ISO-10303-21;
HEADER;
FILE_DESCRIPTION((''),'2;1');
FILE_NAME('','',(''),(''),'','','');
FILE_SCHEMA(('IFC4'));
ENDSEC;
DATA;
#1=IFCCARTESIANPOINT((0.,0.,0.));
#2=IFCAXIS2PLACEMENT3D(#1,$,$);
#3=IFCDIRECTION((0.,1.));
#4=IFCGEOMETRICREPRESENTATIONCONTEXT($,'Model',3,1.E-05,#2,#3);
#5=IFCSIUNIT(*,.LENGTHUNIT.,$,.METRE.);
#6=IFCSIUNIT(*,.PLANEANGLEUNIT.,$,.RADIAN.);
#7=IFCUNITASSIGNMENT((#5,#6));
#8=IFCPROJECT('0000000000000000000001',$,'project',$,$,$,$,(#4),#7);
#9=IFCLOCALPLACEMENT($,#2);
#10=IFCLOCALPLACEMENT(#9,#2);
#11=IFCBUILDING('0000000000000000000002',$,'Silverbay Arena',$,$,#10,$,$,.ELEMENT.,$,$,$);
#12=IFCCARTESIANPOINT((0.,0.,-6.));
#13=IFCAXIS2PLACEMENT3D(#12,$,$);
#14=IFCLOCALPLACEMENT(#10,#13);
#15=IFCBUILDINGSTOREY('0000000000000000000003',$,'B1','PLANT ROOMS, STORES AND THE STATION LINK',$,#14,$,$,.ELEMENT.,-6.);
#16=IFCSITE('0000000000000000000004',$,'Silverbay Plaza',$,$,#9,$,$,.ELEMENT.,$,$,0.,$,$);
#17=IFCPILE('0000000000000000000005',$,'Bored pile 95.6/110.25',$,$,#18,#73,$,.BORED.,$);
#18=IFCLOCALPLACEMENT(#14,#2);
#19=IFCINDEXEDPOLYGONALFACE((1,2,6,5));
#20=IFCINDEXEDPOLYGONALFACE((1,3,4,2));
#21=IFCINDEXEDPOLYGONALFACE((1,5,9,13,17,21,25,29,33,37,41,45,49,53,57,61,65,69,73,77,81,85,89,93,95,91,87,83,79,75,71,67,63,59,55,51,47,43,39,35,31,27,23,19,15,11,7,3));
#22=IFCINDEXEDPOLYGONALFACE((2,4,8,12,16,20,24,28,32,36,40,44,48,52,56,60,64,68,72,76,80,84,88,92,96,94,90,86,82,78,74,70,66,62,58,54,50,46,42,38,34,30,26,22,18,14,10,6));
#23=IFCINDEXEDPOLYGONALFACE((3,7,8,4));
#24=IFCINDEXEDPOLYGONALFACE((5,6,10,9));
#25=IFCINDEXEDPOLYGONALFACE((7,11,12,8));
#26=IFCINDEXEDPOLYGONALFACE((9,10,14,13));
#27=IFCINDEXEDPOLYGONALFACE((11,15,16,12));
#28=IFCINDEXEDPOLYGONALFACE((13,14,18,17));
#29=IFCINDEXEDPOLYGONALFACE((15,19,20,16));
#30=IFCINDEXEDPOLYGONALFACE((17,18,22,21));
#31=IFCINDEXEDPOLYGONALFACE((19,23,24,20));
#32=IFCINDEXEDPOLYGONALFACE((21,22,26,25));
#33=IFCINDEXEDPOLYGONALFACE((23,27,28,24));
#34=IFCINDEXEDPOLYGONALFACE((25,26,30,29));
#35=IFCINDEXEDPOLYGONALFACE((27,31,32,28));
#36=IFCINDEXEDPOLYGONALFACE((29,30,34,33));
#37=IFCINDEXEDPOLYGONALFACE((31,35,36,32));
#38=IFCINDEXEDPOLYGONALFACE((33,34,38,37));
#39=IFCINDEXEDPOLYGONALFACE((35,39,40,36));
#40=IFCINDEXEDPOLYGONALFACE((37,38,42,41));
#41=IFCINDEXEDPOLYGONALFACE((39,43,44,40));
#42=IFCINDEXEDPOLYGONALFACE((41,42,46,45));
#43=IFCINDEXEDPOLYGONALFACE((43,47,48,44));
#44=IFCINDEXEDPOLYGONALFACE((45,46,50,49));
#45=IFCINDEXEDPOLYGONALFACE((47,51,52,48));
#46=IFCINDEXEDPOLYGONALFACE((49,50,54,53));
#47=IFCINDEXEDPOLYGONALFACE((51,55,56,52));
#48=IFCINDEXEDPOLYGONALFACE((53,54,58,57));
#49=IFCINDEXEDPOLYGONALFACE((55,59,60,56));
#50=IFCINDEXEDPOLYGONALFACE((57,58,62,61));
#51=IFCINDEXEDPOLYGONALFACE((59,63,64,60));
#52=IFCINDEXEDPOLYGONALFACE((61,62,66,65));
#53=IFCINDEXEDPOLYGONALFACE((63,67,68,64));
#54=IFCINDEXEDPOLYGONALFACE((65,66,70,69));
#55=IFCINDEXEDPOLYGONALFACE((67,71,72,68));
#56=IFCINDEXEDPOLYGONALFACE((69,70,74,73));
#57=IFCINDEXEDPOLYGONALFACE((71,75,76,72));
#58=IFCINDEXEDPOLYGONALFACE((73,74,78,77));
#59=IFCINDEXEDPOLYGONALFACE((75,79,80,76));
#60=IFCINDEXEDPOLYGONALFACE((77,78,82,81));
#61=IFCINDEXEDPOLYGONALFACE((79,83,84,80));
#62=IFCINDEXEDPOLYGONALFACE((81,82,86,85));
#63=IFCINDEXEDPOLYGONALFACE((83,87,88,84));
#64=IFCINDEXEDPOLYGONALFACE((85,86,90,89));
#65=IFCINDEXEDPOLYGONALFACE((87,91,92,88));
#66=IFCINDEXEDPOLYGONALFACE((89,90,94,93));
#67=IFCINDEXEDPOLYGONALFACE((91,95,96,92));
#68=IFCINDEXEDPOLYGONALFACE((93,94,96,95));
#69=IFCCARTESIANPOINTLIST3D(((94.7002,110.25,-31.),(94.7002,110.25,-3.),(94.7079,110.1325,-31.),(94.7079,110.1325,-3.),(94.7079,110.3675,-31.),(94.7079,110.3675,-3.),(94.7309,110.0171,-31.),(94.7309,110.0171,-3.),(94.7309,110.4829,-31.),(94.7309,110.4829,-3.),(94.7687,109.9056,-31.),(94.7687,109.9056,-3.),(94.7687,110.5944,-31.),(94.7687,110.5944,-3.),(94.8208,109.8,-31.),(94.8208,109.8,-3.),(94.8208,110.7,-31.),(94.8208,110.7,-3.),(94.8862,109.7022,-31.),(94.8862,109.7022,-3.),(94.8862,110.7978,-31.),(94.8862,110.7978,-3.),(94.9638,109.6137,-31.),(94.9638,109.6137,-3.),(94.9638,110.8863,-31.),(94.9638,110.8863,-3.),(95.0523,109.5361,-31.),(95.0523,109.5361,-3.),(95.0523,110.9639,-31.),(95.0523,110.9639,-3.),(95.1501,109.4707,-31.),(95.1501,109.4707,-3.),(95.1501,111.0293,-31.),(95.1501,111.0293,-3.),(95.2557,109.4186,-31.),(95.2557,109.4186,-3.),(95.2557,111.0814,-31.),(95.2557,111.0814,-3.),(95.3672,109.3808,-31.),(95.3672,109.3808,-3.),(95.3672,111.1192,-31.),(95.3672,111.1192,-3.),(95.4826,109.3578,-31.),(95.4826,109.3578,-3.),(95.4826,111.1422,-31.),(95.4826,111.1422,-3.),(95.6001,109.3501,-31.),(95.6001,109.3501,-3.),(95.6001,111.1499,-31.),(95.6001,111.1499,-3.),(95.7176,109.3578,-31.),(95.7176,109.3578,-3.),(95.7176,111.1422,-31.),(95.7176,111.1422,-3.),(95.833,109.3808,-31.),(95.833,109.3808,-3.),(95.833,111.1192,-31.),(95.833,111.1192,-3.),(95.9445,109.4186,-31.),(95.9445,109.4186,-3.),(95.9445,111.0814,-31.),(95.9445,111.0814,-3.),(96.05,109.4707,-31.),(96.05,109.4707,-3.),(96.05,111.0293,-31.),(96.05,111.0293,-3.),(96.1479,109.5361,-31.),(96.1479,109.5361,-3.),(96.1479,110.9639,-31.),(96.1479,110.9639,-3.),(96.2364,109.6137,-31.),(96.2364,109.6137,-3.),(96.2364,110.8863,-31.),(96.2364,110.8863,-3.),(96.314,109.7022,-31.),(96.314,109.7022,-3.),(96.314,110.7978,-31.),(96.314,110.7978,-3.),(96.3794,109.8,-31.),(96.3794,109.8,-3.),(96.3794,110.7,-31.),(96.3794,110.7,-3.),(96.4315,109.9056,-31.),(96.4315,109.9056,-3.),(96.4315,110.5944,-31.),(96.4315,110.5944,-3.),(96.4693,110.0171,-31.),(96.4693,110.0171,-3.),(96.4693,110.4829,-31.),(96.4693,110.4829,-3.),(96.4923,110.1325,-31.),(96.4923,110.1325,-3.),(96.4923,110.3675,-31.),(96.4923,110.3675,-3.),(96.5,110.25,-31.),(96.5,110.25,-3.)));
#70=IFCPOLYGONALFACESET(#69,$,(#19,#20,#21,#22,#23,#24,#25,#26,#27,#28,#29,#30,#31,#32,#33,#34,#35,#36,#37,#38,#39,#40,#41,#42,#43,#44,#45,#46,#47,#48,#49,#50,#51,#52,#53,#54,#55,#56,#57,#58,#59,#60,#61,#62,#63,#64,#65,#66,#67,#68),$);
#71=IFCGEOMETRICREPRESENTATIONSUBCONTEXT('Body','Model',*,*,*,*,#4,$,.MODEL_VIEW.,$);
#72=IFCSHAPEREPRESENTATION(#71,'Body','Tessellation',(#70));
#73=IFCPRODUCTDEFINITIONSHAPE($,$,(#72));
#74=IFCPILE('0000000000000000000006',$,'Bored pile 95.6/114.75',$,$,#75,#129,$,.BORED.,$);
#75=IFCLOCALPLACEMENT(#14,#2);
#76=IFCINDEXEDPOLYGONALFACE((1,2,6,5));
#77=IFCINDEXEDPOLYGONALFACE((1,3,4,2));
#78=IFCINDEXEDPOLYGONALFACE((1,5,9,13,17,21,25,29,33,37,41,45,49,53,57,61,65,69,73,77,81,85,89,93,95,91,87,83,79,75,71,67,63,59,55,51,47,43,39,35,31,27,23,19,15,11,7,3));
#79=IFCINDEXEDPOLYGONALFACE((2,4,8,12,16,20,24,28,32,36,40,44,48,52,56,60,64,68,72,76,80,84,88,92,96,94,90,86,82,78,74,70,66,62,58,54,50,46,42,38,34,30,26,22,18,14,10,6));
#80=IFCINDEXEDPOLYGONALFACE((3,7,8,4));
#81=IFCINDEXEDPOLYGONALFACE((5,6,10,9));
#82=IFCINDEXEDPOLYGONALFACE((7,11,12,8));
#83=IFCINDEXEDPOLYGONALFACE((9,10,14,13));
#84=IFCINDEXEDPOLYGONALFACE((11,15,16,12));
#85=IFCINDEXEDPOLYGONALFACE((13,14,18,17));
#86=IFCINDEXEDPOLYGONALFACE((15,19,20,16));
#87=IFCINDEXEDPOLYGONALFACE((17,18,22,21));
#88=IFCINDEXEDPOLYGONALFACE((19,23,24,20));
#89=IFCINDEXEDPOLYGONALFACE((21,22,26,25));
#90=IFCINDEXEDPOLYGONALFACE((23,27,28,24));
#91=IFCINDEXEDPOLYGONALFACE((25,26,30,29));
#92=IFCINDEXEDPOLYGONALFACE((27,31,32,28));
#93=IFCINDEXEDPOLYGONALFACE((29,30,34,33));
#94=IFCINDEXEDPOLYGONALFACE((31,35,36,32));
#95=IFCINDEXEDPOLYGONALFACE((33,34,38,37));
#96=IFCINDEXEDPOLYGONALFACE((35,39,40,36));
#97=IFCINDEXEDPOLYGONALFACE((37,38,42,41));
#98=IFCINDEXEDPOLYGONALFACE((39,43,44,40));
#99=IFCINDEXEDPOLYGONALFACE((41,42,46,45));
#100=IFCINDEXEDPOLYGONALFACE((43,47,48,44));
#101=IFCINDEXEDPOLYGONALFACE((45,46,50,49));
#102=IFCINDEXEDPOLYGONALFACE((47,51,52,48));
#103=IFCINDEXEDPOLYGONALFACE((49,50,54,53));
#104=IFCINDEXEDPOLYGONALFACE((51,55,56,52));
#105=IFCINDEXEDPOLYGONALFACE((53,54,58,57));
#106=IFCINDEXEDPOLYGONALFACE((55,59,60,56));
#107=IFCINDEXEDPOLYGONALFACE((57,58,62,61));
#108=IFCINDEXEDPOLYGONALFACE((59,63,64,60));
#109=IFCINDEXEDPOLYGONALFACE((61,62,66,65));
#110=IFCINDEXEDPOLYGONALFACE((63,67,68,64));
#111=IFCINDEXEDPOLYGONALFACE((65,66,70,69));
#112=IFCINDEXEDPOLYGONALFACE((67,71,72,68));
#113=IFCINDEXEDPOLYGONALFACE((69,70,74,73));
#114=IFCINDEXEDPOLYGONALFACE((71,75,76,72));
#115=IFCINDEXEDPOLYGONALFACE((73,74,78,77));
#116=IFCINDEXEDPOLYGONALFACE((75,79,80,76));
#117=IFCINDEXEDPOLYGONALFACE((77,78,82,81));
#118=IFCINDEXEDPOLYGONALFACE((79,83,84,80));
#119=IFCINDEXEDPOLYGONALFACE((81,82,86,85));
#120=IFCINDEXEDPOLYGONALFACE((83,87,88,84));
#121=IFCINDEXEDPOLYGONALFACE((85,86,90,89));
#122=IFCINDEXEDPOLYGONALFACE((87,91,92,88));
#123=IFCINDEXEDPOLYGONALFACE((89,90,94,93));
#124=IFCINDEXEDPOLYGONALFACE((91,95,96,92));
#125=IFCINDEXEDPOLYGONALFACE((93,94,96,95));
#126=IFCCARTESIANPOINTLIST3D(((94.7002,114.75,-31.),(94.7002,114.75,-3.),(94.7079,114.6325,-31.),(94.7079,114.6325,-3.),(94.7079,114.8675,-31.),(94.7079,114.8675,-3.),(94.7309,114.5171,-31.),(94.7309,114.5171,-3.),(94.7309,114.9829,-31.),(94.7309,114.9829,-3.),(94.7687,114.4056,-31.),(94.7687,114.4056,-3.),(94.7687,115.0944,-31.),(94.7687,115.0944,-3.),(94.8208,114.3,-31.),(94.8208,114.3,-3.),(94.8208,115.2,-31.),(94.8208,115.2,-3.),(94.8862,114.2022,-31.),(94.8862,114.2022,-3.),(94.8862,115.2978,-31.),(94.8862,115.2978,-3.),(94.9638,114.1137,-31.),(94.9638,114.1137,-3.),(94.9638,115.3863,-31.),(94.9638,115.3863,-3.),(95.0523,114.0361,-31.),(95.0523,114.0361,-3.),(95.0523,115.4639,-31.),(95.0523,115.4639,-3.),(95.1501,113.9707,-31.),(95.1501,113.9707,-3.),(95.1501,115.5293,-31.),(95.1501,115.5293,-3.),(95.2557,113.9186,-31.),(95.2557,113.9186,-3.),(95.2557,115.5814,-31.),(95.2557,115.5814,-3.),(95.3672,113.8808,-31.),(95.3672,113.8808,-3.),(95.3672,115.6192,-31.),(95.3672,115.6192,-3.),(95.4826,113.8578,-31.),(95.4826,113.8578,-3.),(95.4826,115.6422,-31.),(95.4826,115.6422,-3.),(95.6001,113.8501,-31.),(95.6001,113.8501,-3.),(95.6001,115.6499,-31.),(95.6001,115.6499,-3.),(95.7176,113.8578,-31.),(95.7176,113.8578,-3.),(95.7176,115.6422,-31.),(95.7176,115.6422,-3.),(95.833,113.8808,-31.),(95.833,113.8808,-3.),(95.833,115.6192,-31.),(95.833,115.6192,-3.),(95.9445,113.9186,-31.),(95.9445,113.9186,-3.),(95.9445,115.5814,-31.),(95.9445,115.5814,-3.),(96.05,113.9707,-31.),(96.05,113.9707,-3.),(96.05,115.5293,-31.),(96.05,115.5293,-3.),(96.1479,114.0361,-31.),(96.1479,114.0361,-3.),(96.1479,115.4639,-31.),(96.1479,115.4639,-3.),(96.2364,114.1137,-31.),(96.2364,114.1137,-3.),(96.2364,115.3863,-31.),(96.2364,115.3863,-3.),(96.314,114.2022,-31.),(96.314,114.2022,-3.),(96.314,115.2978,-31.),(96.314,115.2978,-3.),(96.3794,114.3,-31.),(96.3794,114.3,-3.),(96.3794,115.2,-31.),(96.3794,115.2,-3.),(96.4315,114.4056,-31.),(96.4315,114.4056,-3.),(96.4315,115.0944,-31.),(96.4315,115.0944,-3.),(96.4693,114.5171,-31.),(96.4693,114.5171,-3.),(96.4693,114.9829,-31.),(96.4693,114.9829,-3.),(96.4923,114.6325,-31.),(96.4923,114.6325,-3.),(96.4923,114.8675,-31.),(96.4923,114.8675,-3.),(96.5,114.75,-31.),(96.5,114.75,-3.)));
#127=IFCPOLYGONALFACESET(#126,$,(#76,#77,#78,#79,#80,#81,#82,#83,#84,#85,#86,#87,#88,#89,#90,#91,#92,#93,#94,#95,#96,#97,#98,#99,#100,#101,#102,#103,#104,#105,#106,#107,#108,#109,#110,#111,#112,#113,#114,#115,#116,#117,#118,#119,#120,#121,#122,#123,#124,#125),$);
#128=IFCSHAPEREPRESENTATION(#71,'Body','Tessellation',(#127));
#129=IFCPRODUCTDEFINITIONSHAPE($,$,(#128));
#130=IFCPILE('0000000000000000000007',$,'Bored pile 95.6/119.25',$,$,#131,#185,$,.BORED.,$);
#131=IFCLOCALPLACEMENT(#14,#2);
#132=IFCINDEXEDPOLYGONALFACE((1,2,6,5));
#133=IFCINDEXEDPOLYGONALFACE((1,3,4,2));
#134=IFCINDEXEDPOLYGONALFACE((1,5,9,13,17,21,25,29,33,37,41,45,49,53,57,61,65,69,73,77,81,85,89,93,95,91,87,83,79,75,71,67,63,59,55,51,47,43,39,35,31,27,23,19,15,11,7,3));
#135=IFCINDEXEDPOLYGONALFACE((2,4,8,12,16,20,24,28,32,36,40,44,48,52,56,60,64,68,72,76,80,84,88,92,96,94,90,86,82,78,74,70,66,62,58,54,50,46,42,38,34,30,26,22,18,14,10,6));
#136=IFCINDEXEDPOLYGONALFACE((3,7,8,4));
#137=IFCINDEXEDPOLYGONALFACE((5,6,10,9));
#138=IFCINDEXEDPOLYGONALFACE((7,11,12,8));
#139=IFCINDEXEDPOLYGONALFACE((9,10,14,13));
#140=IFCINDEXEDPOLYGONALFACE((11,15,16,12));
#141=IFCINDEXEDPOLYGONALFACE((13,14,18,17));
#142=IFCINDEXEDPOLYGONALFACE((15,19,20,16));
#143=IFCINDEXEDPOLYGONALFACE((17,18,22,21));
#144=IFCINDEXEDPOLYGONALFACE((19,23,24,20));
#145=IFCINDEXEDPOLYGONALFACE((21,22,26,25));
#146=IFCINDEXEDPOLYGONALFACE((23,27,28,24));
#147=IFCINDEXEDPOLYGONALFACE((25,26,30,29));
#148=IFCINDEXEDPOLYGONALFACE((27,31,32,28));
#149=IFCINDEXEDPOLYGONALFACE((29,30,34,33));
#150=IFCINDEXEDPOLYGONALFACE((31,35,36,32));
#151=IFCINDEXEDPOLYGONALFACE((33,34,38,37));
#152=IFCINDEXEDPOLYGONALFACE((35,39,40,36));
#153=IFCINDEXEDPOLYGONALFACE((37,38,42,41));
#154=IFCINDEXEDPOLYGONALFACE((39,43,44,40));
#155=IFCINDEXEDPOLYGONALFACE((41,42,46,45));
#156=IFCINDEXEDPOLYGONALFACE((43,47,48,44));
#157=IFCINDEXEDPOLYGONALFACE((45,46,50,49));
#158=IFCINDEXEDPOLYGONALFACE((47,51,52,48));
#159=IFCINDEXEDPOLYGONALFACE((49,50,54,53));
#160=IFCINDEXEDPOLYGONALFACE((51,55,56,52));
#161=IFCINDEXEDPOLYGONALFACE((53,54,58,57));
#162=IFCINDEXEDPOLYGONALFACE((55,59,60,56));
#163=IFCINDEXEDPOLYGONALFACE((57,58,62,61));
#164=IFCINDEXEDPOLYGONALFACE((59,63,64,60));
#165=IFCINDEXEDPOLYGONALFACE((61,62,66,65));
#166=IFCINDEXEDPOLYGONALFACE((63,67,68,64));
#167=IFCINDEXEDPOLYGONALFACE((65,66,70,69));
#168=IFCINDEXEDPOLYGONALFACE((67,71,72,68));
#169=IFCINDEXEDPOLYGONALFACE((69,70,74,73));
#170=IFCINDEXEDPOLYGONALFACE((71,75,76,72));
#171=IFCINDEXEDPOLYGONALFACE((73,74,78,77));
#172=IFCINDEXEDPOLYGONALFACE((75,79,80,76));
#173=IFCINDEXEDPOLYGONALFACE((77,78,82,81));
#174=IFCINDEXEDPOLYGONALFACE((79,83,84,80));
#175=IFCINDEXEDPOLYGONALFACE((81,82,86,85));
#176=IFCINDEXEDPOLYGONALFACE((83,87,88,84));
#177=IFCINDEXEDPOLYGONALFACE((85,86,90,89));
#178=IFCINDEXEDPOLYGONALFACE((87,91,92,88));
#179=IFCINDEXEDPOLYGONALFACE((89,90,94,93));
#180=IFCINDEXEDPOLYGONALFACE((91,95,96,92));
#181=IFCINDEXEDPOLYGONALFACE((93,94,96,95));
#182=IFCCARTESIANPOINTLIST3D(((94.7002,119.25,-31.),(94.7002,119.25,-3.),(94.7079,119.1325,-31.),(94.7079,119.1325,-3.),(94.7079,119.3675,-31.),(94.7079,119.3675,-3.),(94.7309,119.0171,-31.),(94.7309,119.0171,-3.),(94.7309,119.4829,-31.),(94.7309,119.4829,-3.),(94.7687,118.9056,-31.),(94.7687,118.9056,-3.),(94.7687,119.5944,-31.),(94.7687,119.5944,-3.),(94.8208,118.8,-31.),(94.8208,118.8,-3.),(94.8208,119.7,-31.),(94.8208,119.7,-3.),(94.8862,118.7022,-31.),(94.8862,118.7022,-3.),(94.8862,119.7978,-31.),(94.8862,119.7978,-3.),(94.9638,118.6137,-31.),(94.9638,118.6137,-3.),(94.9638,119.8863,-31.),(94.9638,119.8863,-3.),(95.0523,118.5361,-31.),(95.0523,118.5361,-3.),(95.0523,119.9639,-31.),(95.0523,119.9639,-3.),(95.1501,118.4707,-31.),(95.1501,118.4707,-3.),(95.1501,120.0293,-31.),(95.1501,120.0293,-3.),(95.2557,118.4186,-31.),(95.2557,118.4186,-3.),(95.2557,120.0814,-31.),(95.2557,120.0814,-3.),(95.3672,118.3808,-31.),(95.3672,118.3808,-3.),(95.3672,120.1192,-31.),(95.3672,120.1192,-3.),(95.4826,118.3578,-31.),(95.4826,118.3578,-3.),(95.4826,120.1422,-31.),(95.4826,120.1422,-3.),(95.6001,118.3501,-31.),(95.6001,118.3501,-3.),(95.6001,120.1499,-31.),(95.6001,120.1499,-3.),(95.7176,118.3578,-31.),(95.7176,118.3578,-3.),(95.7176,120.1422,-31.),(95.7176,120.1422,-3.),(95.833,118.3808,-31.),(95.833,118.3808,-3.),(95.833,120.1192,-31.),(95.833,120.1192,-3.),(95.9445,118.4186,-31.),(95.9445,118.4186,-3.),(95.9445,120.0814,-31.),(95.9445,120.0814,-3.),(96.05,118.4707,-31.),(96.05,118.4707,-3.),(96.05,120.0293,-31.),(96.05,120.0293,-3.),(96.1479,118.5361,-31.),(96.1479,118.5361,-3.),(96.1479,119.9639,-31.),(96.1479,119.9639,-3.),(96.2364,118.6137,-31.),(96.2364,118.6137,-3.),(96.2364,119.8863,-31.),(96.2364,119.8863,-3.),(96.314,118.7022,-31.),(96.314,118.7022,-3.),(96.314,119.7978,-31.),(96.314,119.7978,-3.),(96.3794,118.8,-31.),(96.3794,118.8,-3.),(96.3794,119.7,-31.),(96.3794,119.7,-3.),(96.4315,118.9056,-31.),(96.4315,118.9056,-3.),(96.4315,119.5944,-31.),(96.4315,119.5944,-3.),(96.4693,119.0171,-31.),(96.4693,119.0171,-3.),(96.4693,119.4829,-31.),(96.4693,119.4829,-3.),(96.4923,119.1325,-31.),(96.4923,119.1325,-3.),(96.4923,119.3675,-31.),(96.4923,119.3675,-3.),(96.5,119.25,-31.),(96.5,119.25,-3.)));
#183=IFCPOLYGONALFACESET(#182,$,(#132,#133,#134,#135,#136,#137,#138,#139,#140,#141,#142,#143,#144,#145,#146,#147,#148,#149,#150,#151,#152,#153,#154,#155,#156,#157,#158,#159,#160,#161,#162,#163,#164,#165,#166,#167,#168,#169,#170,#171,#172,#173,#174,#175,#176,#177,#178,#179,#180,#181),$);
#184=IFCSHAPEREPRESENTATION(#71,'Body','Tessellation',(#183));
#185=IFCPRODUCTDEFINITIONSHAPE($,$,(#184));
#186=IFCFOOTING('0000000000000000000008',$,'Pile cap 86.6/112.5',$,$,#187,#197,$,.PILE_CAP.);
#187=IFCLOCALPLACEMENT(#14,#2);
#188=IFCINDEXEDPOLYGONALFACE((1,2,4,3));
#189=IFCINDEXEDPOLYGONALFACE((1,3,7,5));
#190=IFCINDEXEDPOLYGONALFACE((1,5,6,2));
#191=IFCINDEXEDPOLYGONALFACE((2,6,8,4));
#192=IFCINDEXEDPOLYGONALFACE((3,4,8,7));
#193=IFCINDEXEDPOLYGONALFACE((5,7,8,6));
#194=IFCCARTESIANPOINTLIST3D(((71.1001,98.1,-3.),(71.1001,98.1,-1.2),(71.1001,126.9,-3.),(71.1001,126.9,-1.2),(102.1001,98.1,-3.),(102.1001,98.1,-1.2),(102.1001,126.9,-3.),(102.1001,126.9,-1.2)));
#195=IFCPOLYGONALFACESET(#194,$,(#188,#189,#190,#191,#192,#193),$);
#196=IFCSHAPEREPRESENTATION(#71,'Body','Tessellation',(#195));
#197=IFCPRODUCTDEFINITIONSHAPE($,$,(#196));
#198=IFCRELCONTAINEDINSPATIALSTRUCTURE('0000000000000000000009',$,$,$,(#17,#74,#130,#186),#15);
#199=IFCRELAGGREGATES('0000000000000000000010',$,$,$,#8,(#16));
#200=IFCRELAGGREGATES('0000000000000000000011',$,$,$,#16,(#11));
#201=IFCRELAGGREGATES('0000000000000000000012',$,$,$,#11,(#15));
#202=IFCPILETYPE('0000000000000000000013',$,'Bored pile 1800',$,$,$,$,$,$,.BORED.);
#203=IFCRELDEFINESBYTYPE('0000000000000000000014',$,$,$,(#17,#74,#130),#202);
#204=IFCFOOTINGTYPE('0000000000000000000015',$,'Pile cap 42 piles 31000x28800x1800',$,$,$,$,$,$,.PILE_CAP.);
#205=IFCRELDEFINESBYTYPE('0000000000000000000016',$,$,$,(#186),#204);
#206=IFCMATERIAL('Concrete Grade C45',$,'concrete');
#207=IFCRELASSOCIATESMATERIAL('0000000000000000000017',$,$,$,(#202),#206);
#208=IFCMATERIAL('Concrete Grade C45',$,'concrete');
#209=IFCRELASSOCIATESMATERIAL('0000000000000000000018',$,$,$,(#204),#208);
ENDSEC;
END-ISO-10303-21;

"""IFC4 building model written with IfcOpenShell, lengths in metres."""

from ifc_helpers import new_model, si_unit, direction, frame, origin, origin_2d, place, context, subcontext, project, spatial, rectangle, circle, extrude, material, material_profile, profile_set, type_object, element, save


model = new_model("IFC4")

# Units and contexts
model_context = context("Model", 3, precision=1e-05, world=origin(), true_north=direction((0.0, 1.0)))
body_context = subcontext(model_context, "Body", "Model", "MODEL_VIEW")
ifc_project = project(units=[si_unit("LENGTHUNIT", "METRE"), si_unit("PLANEANGLEUNIT", "RADIAN")], contexts=[model_context])

# Site, building, storey
site_placement = place(None, origin())
site = spatial("IfcSite", under=ifc_project, at=site_placement, Name="Silverbay Plaza", CompositionType="ELEMENT", RefElevation=0.0)
building_placement = place(site_placement, origin())
building = spatial("IfcBuilding", under=site, at=building_placement, Name="Silverbay Arena", CompositionType="ELEMENT")
storey_placement = place(building_placement, frame((0.0, 0.0, -6.0)))
storey = spatial("IfcBuildingStorey", under=building, at=storey_placement, Name="B1", Description="PLANT ROOMS, STORES AND THE STATION LINK", CompositionType="ELEMENT", Elevation=-6.0)

# Piles
ifc_material_1 = material(Name="Concrete Grade C45", Category="concrete")
ifc_material_profile = material_profile(ifc_material_1, circle(Radius=0.8999, at=origin_2d()), Name="Bored pile 1800")
ifc_profile_set = profile_set([ifc_material_profile], Name="Concrete Grade C45")
pile_type = type_object("IfcPileType", Name="Bored pile 1800", PredefinedType="BORED", material=ifc_profile_set)
for number, where, z_axis, x_axis, name in (
    (1, (95.6001, 110.25, -3.0), (0.0, 0.0, -1.0), (1.0, 0.0, 0.0), "Bored pile 95.6/110.25"),
    (2, (95.6001, 114.75, -3.0), (0.0, 0.0, -1.0), (1.0, 0.0, 0.0), "Bored pile 95.6/114.75"),
    (3, (95.6001, 119.25, -3.0), (0.0, 0.0, -1.0), (1.0, 0.0, 0.0), "Bored pile 95.6/119.25"),
):
    element("IfcPile", number, at=place(storey_placement, frame(where, z_axis=z_axis, x_axis=x_axis)), inside=storey, type_object=pile_type, Name=name, PredefinedType="BORED", context=body_context, shape_type="SweptSolid", body=[
        extrude(circle(Radius=0.8999, at=origin_2d()), origin(), (0.0, 0.0, 1.0), 28.0),
    ])

# Footing
ifc_material_2 = material(Name="Concrete Grade C45", Category="concrete")
footing_type = type_object("IfcFootingType", Name="Pile cap 42 piles 31000x28800x1800", PredefinedType="PILE_CAP", material=ifc_material_2)
footing_placement = place(storey_placement, frame((86.6001, 112.5, -3.0), z_axis=(0.0, 0.0, 1.0), x_axis=(1.0, 0.0, 0.0)))
element("IfcFooting", 4, at=footing_placement, inside=storey, type_object=footing_type, Name="Pile cap 86.6/112.5", PredefinedType="PILE_CAP", context=body_context, shape_type="SweptSolid", body=[
    extrude(rectangle(XDim=31.0, YDim=28.8, at=origin_2d()), origin(), (0.0, 0.0, 1.0), 1.8),
])

save(model, "model.ifc")
